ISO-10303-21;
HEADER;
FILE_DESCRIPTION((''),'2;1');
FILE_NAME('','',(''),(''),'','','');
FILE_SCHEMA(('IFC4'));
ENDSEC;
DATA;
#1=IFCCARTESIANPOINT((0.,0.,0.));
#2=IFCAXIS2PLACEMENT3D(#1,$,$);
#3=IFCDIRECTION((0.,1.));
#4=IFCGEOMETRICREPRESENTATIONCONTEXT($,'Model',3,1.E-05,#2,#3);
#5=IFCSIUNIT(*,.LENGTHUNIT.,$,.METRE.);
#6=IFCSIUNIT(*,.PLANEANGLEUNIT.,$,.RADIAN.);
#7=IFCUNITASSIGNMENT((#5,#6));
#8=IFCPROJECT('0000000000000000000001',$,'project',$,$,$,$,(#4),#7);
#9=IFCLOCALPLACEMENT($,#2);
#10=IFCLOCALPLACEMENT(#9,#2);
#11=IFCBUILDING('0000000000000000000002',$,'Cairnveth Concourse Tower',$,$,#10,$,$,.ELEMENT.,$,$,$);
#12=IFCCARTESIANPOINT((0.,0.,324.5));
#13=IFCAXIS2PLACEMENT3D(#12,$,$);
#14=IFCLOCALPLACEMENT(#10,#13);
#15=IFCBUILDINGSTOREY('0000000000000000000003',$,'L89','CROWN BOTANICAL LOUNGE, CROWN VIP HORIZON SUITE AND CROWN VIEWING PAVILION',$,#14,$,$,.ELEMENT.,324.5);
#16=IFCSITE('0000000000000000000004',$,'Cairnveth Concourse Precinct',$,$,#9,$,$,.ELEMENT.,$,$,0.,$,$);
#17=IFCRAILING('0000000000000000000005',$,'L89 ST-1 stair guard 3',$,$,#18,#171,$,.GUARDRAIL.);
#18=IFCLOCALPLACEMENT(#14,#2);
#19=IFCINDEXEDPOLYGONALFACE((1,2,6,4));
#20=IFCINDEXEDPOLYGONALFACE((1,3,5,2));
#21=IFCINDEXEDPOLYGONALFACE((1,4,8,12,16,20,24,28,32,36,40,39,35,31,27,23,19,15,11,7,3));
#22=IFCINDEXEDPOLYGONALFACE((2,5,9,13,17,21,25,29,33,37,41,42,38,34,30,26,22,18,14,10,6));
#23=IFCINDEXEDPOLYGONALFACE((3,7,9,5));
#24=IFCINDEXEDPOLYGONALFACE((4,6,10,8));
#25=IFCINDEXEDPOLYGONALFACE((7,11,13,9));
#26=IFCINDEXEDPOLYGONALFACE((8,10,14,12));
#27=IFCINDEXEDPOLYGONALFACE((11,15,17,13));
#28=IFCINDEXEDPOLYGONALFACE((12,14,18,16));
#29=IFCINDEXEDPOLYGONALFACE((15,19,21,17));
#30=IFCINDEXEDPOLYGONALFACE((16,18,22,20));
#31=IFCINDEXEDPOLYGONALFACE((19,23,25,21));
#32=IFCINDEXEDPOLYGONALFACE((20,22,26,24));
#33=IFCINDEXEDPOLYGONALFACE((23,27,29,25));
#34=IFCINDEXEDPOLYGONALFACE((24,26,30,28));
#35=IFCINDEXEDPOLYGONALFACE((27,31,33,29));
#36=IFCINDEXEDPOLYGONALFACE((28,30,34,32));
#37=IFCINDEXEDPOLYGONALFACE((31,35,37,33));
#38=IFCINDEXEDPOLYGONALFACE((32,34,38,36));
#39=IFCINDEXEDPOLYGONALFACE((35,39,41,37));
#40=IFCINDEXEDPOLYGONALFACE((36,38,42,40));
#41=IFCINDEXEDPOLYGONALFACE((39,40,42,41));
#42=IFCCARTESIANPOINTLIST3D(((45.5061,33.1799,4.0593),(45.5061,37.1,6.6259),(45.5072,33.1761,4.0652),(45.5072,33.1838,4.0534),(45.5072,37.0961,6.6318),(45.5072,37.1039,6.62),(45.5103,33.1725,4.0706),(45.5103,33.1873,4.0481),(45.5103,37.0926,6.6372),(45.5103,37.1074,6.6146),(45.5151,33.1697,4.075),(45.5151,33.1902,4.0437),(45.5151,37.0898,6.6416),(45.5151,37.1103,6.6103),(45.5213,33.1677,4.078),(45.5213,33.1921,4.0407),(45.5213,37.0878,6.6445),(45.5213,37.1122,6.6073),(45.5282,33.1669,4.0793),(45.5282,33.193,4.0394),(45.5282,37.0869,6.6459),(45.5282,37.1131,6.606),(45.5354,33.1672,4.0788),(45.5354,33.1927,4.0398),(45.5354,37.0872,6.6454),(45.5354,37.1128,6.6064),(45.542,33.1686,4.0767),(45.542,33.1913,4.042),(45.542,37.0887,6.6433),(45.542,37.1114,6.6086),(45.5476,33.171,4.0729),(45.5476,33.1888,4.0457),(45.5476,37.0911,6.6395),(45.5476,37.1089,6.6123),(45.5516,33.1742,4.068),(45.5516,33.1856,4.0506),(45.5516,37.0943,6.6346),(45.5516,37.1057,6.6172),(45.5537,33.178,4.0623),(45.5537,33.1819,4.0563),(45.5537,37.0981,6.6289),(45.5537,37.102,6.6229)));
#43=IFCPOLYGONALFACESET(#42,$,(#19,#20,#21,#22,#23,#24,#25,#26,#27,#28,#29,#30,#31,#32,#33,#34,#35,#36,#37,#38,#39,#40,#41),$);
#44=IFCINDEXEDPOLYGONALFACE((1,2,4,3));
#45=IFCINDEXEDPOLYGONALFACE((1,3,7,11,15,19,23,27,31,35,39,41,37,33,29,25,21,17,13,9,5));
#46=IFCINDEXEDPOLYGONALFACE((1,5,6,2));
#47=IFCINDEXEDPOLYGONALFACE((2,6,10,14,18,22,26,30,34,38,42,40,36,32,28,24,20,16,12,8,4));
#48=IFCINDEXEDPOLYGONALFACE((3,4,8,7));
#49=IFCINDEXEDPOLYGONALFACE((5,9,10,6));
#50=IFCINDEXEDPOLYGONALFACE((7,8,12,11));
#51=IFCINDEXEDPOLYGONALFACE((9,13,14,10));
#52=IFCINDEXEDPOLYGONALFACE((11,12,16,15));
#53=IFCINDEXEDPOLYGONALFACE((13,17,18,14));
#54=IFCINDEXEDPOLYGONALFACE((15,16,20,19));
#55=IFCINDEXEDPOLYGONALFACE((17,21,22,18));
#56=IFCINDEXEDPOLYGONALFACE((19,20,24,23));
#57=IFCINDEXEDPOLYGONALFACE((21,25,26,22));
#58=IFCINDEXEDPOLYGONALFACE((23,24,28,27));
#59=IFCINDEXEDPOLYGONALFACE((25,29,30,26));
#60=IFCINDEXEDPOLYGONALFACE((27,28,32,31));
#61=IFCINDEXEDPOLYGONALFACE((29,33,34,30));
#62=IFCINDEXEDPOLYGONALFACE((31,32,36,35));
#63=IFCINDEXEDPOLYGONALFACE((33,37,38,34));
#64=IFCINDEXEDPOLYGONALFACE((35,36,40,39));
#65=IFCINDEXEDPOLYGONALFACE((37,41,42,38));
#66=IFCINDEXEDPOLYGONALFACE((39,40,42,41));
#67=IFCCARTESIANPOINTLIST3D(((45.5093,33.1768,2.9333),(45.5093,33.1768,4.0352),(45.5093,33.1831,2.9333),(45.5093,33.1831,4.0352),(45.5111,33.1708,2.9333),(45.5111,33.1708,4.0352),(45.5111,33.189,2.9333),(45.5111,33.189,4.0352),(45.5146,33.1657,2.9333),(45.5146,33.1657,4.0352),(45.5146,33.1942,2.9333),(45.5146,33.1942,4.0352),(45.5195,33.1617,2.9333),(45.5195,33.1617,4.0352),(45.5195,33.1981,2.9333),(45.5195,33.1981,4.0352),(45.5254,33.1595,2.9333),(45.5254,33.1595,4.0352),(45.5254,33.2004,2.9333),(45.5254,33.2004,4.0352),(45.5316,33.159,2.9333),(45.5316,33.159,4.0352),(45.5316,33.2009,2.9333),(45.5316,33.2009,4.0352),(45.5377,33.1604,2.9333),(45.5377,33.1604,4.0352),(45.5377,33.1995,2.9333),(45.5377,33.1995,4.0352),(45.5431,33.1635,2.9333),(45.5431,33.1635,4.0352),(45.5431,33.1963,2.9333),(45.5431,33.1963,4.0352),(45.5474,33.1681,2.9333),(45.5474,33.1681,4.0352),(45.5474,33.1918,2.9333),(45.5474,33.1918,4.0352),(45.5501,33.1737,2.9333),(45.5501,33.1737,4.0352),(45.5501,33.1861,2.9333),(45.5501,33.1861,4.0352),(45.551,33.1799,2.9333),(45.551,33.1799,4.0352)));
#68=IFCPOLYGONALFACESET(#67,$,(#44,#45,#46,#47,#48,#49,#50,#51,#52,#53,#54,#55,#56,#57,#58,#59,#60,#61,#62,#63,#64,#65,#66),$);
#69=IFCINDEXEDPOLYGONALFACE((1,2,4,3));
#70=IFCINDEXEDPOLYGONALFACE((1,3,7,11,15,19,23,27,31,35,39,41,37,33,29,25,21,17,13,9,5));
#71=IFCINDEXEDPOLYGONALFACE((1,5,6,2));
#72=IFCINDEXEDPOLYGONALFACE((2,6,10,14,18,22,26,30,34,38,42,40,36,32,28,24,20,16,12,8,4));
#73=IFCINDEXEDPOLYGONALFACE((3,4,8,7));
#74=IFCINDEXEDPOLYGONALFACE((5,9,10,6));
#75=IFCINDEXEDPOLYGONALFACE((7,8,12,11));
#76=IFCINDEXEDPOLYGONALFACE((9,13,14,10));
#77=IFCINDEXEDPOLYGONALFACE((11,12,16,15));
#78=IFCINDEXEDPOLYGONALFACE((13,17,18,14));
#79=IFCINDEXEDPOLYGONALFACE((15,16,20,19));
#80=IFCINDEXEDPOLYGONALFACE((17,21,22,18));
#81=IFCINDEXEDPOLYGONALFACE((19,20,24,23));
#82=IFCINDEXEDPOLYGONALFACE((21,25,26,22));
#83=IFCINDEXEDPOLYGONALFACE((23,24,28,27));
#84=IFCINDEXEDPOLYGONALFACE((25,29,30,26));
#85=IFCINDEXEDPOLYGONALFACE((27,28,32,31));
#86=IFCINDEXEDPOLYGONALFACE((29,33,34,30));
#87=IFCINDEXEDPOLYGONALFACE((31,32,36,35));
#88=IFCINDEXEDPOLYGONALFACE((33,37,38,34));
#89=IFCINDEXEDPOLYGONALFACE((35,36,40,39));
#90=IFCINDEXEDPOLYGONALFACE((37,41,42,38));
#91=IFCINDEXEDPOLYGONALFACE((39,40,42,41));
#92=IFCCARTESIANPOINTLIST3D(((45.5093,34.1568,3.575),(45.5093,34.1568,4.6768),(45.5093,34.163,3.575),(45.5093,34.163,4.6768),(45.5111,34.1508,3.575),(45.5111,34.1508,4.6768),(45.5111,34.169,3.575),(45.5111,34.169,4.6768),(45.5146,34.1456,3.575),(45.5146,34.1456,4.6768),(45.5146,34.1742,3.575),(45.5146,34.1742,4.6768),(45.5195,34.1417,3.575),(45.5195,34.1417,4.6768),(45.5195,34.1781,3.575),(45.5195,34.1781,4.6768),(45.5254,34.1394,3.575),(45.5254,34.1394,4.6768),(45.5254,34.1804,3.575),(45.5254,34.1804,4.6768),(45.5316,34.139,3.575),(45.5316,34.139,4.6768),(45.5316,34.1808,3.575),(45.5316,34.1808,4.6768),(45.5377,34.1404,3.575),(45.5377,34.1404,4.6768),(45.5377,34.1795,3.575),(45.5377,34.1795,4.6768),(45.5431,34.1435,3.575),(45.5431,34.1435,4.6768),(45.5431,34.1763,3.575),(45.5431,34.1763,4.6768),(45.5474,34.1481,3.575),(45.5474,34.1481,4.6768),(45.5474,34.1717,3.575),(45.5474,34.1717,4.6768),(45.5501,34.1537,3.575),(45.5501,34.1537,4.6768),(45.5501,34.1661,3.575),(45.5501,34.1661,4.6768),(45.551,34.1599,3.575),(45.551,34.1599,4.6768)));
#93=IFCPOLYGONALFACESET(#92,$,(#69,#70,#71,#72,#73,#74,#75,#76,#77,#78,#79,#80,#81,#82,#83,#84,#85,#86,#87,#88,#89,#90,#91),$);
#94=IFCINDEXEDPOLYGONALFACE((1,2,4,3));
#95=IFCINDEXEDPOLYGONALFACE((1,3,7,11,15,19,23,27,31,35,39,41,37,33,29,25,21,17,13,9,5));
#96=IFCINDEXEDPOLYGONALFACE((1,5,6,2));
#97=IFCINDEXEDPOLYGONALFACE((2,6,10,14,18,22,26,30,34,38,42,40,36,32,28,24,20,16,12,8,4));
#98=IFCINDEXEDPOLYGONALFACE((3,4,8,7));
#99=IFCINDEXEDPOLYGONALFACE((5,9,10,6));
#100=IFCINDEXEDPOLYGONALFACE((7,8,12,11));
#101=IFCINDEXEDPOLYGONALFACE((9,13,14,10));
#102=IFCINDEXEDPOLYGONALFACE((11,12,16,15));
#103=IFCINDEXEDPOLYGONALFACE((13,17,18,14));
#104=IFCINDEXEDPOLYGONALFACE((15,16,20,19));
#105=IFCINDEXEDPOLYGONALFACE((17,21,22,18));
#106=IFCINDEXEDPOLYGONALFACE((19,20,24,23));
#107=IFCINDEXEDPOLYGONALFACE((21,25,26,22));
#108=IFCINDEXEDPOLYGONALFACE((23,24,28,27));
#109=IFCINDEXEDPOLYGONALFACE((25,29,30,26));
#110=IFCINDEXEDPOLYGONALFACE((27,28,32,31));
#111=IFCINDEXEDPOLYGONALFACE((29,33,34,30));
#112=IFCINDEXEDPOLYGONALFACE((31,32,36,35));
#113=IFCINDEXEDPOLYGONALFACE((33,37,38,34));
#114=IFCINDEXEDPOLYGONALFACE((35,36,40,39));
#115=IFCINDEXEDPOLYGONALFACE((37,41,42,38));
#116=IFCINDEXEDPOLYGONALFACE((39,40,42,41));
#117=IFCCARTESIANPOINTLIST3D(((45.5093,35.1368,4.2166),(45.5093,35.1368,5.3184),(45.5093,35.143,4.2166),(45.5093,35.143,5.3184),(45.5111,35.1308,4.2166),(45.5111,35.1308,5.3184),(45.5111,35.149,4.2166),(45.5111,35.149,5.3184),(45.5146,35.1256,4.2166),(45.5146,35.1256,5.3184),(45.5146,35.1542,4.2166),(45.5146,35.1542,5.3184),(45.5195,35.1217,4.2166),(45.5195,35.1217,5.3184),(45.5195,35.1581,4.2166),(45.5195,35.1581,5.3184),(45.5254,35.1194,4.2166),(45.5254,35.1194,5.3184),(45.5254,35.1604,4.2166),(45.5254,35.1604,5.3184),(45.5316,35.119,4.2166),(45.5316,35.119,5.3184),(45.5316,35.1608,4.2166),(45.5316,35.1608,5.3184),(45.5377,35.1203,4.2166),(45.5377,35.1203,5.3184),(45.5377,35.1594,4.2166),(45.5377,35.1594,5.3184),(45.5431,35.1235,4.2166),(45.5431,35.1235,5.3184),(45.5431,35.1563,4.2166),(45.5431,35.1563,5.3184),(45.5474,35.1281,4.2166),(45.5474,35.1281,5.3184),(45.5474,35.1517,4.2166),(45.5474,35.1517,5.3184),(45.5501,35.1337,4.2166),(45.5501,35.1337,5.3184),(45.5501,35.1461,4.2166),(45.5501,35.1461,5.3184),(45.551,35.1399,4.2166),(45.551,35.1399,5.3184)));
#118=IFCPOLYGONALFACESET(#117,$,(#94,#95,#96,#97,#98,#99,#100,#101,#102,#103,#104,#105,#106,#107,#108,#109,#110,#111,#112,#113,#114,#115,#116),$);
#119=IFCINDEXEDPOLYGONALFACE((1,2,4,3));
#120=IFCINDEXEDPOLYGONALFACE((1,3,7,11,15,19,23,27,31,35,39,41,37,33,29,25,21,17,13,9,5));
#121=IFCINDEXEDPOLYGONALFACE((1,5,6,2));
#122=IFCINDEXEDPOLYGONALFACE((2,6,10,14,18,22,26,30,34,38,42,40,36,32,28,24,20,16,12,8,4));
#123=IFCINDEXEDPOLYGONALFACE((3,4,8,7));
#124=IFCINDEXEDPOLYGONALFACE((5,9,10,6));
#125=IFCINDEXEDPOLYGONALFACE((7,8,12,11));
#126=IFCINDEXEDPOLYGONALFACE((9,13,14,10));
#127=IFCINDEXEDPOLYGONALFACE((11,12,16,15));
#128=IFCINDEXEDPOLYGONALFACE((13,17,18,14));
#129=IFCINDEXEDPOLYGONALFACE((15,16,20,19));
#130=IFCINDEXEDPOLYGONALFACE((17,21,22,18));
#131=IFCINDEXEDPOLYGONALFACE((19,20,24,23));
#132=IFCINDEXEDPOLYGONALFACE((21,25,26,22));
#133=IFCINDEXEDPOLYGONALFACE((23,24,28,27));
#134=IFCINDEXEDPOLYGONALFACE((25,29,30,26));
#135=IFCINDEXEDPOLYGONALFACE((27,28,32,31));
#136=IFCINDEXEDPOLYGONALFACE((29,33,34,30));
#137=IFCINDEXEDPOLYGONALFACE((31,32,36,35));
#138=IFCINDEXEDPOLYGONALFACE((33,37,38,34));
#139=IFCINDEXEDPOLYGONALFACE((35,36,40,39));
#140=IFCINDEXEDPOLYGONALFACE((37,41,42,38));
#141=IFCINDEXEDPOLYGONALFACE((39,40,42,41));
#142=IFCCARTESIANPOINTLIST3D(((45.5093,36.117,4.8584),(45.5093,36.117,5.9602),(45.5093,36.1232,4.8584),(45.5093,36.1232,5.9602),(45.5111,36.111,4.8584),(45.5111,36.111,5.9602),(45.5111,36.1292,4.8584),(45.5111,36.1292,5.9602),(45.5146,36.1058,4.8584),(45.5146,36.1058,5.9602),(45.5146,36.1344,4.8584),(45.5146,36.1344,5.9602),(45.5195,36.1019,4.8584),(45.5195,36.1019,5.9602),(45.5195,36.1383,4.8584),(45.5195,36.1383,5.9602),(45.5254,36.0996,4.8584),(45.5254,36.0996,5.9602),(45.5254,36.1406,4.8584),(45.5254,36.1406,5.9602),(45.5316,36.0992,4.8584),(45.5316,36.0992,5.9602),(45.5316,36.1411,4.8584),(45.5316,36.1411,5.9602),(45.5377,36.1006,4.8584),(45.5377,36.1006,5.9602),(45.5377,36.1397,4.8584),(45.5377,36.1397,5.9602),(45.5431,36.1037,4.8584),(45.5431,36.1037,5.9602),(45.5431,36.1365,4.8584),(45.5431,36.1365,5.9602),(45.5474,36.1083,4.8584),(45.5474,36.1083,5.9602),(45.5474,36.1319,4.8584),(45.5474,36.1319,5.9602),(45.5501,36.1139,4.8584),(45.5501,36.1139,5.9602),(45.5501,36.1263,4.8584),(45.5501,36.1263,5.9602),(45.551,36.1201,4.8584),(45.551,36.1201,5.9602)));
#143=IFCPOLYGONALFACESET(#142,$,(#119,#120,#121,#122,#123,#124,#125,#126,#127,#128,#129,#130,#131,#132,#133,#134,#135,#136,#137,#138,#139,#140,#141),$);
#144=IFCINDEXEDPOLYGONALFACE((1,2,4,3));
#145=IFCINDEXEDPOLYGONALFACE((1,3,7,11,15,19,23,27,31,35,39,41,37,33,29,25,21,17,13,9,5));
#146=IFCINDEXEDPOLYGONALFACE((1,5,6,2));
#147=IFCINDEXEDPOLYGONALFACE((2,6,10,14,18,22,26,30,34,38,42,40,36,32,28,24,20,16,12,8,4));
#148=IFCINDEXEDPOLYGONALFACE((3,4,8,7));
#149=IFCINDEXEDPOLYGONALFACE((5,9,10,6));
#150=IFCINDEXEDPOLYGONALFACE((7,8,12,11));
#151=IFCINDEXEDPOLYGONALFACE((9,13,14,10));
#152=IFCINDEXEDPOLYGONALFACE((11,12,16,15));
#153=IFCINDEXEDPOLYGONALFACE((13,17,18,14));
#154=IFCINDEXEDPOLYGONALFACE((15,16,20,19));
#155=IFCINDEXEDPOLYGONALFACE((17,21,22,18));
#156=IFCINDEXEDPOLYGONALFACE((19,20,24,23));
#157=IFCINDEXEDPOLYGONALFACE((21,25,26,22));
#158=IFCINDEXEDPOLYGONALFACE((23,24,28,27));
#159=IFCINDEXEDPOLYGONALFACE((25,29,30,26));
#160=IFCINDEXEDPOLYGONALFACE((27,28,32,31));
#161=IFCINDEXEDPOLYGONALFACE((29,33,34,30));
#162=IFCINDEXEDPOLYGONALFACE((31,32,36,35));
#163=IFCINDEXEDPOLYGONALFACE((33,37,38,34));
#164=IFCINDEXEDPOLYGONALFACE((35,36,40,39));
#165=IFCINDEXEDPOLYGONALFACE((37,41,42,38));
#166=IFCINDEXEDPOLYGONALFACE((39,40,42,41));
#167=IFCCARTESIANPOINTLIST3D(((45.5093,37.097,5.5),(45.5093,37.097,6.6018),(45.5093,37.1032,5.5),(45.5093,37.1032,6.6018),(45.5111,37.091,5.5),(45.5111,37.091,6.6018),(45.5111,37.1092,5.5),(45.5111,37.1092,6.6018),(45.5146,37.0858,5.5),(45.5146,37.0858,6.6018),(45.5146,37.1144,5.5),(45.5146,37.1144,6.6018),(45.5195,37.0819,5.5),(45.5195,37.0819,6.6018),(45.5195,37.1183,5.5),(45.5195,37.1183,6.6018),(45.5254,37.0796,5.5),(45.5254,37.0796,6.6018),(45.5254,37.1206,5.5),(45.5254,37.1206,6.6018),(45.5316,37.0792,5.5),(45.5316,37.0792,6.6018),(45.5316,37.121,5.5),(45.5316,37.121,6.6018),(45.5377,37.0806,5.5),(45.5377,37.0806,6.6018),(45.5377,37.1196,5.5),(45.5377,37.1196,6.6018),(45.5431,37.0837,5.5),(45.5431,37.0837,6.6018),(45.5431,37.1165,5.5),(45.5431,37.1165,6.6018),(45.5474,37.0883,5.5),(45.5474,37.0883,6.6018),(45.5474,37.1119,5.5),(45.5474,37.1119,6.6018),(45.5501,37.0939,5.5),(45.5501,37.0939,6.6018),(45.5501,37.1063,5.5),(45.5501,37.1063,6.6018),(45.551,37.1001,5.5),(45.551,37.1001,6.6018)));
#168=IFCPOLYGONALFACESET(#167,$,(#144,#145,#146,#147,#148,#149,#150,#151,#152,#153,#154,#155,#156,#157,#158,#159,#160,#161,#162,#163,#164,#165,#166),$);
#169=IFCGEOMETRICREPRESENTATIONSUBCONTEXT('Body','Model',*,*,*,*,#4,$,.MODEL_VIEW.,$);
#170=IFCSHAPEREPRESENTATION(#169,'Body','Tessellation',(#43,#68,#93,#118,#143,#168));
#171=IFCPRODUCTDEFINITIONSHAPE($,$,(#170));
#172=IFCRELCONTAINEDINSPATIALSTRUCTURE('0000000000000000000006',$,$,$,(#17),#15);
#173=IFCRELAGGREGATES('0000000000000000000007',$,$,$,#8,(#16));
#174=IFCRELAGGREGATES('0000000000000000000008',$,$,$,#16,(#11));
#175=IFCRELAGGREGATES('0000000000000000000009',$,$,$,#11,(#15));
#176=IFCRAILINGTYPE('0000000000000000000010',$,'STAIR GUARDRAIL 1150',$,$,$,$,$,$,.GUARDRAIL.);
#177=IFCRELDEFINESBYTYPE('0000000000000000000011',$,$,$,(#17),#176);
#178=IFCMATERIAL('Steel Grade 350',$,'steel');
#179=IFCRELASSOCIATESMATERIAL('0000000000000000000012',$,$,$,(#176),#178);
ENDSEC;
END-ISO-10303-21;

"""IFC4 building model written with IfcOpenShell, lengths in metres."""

from ifc_helpers import new_model, si_unit, direction, frame, origin, origin_2d, place, context, subcontext, project, spatial, circle, extrude, material, type_object, element, save


model = new_model("IFC4")

# Units and contexts
model_context = context("Model", 3, precision=1e-05, world=origin(), true_north=direction((0.0, 1.0)))
body_context = subcontext(model_context, "Body", "Model", "MODEL_VIEW")
ifc_project = project(units=[si_unit("LENGTHUNIT", "METRE"), si_unit("PLANEANGLEUNIT", "RADIAN")], contexts=[model_context])

# Site, building, storey
site_placement = place(None, origin())
site = spatial("IfcSite", under=ifc_project, at=site_placement, Name="Cairnveth Concourse Precinct", CompositionType="ELEMENT", RefElevation=0.0)
building_placement = place(site_placement, origin())
building = spatial("IfcBuilding", under=site, at=building_placement, Name="Cairnveth Concourse Tower", CompositionType="ELEMENT")
storey_placement = place(building_placement, frame((0.0, 0.0, 324.5)))
storey = spatial("IfcBuildingStorey", under=building, at=storey_placement, Name="L89", Description="CROWN BOTANICAL LOUNGE, CROWN VIP HORIZON SUITE AND CROWN VIEWING PAVILION", CompositionType="ELEMENT", Elevation=324.5)

# Shared definitions
ifc_material_1 = material(Name="Steel Grade 350", Category="steel")

# Railing
railing_type_1 = type_object("IfcRailingType", Name="STAIR GUARDRAIL 1150", PredefinedType="GUARDRAIL", material=ifc_material_1)
railing_1_placement = place(storey_placement, frame((45.53, 33.1799, 2.9333)))
element("IfcRailing", 1, at=railing_1_placement, inside=storey, type_object=railing_type_1, Name="L89 ST-1 stair guard 3", PredefinedType="GUARDRAIL", context=body_context, shape_type="SweptSolid", body=[
    extrude(circle(Radius=0.0239, at=origin_2d()), frame((0.0, 0.0, 1.126), z_axis=(0.0, 0.836631, 0.547767), x_axis=(-1.0, 0.0, 0.0)), (0.0, 0.0, 1.0), 4.6855),
    extrude(circle(Radius=0.021, at=origin_2d()), origin(), (0.0, 0.0, 1.0), 1.1018),
    extrude(circle(Radius=0.021, at=origin_2d()), frame((0.0, 0.98, 0.6416)), (0.0, 0.0, 1.0), 1.1018),
    extrude(circle(Radius=0.021, at=origin_2d()), frame((0.0, 1.96, 1.2832)), (0.0, 0.0, 1.0), 1.1018),
    extrude(circle(Radius=0.021, at=origin_2d()), frame((0.0, 2.9402, 1.925)), (0.0, 0.0, 1.0), 1.1018),
    extrude(circle(Radius=0.021, at=origin_2d()), frame((0.0, 3.9202, 2.5667)), (0.0, 0.0, 1.0), 1.1018),
])

save(model, "model.ifc")
